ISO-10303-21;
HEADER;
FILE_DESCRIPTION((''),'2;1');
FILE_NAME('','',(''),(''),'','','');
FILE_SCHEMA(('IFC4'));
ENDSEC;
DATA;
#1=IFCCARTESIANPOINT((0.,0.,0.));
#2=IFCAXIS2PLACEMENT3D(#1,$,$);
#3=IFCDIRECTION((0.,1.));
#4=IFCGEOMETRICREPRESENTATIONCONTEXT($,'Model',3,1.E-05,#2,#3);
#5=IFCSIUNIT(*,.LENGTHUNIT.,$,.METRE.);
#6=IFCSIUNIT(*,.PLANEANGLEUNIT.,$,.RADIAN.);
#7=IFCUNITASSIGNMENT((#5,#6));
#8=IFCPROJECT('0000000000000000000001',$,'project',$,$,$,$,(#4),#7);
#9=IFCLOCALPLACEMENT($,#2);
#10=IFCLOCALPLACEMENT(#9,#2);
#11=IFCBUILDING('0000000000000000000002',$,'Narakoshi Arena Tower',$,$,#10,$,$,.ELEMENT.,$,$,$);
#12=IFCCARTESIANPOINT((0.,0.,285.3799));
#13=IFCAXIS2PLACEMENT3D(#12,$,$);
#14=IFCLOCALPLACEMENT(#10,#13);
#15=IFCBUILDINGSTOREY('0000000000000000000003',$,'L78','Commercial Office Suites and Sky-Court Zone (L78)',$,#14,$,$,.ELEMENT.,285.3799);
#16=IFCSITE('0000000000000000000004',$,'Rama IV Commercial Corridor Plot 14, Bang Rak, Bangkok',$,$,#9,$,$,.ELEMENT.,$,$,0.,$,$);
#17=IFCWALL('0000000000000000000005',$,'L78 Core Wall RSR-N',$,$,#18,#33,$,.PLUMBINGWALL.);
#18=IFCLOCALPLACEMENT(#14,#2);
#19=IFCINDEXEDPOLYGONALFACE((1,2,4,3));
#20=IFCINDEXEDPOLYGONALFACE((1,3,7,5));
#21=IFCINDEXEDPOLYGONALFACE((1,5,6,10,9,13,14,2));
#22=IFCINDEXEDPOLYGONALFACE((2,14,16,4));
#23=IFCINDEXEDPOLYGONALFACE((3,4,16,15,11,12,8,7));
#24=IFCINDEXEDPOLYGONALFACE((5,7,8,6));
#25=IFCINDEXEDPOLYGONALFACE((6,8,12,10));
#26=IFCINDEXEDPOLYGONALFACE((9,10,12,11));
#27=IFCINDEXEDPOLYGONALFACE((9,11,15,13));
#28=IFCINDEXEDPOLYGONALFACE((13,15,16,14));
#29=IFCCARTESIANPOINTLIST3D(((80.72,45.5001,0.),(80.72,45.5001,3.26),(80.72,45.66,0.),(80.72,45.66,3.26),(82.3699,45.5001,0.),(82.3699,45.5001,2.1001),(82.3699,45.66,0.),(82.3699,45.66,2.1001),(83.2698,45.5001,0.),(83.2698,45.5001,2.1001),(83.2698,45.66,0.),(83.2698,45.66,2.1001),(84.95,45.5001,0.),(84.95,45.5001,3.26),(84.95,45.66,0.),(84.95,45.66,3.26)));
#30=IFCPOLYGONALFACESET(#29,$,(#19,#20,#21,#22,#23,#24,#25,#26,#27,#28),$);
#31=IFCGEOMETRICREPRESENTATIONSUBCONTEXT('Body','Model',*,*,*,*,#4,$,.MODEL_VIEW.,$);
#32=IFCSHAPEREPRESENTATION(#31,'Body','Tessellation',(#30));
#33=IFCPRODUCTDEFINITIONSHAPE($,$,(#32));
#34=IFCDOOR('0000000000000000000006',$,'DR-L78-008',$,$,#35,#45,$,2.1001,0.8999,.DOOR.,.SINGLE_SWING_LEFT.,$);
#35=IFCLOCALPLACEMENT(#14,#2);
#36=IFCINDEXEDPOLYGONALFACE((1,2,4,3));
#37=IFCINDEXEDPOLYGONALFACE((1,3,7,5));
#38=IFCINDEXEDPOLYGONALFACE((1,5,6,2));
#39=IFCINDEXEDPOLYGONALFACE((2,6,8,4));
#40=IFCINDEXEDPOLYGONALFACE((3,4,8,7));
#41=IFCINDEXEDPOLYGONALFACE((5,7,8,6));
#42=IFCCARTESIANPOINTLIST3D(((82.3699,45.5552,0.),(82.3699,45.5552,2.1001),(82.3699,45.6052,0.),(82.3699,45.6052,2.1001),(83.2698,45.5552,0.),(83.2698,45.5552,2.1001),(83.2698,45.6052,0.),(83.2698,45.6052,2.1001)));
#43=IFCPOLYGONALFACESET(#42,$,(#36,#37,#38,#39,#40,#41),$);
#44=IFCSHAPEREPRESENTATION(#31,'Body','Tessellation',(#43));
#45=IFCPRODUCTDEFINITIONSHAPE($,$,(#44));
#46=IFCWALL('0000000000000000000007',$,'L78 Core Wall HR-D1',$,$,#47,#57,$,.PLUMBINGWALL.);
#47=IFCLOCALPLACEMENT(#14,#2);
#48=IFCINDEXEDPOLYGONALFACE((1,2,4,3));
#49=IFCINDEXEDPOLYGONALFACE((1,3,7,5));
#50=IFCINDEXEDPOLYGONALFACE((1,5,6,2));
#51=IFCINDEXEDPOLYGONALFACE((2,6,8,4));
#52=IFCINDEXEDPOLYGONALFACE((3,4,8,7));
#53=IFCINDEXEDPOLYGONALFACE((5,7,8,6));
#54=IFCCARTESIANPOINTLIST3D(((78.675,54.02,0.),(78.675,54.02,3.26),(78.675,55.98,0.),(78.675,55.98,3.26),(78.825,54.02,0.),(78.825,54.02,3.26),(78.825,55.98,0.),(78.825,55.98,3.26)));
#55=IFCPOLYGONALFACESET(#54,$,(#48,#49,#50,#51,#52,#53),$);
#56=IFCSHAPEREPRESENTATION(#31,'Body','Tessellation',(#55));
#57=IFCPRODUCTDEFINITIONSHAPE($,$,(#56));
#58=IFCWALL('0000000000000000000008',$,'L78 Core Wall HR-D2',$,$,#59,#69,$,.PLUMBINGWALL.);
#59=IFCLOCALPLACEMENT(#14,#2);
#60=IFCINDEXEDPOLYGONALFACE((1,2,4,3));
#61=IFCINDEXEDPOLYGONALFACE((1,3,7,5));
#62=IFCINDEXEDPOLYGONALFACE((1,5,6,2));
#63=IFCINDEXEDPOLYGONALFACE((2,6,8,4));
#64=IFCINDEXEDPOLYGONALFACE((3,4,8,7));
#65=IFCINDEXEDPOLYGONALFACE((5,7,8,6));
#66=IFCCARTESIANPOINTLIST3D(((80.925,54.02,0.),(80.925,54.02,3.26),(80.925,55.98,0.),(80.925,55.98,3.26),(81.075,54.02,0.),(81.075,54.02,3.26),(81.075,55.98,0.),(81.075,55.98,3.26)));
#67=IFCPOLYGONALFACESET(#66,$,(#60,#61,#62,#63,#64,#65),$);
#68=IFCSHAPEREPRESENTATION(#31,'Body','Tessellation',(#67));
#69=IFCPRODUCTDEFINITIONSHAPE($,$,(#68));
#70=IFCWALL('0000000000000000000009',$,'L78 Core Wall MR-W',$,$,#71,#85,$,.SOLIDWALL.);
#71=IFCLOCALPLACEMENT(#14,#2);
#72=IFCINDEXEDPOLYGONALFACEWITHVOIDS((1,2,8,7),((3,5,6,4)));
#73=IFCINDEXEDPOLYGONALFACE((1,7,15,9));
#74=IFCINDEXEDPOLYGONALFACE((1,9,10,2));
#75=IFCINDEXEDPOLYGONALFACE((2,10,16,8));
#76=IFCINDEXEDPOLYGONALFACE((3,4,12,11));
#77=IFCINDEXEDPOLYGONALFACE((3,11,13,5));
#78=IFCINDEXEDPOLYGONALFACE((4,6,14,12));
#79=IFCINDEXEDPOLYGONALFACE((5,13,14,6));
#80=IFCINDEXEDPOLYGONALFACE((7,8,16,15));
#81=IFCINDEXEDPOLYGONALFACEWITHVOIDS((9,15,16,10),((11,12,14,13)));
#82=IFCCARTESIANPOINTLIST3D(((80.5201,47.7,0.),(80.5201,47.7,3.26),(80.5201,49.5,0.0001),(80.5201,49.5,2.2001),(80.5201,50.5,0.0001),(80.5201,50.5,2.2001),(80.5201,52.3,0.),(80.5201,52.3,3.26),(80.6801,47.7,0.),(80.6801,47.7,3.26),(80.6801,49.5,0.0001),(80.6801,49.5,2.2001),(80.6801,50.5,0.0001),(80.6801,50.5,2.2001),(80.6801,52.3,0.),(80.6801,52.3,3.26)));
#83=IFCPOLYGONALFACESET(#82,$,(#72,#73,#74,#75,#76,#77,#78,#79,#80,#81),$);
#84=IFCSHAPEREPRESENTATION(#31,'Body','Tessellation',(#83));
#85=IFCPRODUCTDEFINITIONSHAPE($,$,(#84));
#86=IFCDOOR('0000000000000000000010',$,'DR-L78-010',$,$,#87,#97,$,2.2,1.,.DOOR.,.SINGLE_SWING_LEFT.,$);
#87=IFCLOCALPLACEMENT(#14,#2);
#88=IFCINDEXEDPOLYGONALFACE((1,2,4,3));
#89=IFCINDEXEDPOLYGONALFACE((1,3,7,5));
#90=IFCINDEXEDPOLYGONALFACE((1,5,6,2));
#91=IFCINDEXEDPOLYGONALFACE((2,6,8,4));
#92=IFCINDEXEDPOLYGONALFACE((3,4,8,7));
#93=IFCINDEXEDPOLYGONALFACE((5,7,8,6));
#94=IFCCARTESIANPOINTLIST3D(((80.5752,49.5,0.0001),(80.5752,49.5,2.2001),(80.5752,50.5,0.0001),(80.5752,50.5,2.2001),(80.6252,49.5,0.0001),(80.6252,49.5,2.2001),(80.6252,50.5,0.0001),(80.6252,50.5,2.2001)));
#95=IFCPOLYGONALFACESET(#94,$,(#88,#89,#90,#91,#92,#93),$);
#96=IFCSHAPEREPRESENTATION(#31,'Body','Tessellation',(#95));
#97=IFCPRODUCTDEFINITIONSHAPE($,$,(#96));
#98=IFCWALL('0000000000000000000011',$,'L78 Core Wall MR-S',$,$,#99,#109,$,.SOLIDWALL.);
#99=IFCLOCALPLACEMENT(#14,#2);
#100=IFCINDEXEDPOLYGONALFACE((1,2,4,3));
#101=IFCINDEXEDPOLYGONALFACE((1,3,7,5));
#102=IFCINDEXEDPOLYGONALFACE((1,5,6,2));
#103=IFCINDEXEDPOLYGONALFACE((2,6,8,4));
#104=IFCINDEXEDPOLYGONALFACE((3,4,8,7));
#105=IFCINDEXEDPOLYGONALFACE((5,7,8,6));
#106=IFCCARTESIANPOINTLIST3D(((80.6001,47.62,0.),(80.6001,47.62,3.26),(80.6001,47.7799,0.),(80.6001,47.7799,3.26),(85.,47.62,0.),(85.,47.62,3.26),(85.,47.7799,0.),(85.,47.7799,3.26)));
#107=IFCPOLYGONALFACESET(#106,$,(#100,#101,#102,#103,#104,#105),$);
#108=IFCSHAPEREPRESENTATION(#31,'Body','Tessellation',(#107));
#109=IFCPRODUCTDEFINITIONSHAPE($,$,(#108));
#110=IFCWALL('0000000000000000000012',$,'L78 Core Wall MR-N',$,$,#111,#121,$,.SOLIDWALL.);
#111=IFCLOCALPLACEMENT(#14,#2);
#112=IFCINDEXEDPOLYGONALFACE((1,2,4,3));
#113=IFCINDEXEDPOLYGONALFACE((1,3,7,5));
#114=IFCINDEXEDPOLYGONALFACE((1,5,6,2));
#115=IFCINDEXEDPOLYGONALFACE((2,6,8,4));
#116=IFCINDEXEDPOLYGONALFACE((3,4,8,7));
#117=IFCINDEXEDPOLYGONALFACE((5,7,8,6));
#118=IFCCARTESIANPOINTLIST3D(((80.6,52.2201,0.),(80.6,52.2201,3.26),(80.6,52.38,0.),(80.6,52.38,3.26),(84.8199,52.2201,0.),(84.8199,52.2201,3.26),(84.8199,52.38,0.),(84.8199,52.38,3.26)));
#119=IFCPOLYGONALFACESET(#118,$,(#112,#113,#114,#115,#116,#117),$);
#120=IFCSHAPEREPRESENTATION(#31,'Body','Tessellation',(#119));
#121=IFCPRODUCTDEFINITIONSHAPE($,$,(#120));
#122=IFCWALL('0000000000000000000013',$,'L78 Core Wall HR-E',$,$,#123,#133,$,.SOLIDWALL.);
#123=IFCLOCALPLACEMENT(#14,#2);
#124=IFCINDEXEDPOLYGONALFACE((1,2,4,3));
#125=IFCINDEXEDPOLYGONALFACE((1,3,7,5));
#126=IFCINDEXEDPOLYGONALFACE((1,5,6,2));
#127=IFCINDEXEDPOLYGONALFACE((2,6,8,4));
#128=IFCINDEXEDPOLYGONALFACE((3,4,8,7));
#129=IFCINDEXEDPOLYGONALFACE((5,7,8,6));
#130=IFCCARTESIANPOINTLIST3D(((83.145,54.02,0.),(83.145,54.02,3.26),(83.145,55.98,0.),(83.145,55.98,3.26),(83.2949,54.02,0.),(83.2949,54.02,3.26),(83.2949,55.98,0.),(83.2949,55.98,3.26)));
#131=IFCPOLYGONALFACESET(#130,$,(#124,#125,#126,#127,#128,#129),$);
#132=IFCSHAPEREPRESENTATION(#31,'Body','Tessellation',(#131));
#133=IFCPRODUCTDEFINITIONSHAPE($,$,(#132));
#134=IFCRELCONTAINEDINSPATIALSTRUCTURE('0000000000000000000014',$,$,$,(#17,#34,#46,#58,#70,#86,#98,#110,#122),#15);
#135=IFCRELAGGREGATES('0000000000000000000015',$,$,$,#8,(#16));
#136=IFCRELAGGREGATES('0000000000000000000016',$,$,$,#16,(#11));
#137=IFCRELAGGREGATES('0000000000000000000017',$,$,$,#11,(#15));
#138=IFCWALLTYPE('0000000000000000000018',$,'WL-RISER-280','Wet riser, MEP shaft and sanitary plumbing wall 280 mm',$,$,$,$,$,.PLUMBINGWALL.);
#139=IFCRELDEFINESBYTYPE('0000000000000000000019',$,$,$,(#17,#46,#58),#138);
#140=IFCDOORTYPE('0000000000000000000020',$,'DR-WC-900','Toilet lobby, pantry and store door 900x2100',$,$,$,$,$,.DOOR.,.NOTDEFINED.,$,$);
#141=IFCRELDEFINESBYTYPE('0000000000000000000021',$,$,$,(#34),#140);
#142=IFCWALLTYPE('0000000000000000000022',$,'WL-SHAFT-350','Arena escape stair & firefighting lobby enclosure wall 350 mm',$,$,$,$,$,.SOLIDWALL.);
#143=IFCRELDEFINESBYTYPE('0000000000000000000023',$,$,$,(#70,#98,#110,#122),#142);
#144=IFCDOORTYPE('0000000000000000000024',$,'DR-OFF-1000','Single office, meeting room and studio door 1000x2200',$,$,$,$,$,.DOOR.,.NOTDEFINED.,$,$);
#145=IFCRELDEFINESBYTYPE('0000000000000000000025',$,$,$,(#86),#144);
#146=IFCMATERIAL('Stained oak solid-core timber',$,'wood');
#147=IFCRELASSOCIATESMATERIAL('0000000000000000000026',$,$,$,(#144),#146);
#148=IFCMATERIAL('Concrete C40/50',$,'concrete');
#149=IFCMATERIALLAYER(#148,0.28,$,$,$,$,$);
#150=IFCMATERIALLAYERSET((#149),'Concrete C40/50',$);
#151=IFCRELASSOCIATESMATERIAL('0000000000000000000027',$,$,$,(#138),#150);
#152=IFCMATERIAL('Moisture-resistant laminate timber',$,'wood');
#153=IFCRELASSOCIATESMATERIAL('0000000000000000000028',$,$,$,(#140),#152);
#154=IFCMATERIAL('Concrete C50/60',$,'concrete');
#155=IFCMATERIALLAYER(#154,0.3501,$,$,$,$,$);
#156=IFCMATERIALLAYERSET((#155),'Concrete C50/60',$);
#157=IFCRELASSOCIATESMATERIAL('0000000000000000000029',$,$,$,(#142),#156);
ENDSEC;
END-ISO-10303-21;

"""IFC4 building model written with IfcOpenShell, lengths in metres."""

from ifc_helpers import new_model, si_unit, direction, frame, frame_2d, origin, place, context, subcontext, project, spatial, rectangle, extrude, material, layer, layer_set, type_object, element, fill, save


model = new_model("IFC4")

# Units and contexts
model_context = context("Model", 3, precision=1e-05, world=origin(), true_north=direction((0.0, 1.0)))
body_context = subcontext(model_context, "Body", "Model", "MODEL_VIEW")
ifc_project = project(units=[si_unit("LENGTHUNIT", "METRE"), si_unit("PLANEANGLEUNIT", "RADIAN")], contexts=[model_context])

# Site, building, storey
site_placement = place(None, origin())
site = spatial("IfcSite", under=ifc_project, at=site_placement, Name="Rama IV Commercial Corridor Plot 14, Bang Rak, Bangkok", CompositionType="ELEMENT", RefElevation=0.0)
building_placement = place(site_placement, origin())
building = spatial("IfcBuilding", under=site, at=building_placement, Name="Narakoshi Arena Tower", CompositionType="ELEMENT")
storey_placement = place(building_placement, frame((0.0, 0.0, 285.3799)))
storey = spatial("IfcBuildingStorey", under=building, at=storey_placement, Name="L78", Description="Commercial Office Suites and Sky-Court Zone (L78)", CompositionType="ELEMENT", Elevation=285.3799)

# Shared definitions
ifc_material_1 = material(Name="Concrete C50/60", Category="concrete")

# Shared definitions
ifc_material_2 = material(Name="Stained oak solid-core timber", Category="wood")
door_type_1 = type_object("IfcDoorType", Name="DR-OFF-1000", Description="Single office, meeting room and studio door 1000x2200", OperationType="NOTDEFINED", PredefinedType="DOOR", material=ifc_material_2)

# Wall, opening, door
ifc_material_3 = material(Name="Concrete C40/50", Category="concrete")
ifc_layer_1 = layer(ifc_material_3, 0.28)
ifc_layer_set_1 = layer_set([ifc_layer_1], Name="Concrete C40/50")
wall_type_1 = type_object("IfcWallType", Name="WL-RISER-280", Description="Wet riser, MEP shaft and sanitary plumbing wall 280 mm", PredefinedType="PLUMBINGWALL", material=ifc_layer_set_1)
wall_1_placement = place(storey_placement, frame((80.72, 45.5801, 0.0), z_axis=(0.0, 0.0, 1.0), x_axis=(1.0, 0.0, 0.0)))
wall_1 = element("IfcWall", 1, at=wall_1_placement, inside=storey, type_object=wall_type_1, Name="L78 Core Wall RSR-N", PredefinedType="PLUMBINGWALL", context=body_context, shape_type="SweptSolid", body=[
    extrude(rectangle(XDim=4.23, YDim=0.1599, at=frame_2d((2.115, 0.0))), origin(), (0.0, 0.0, 1.0), 3.26),
])
opening_1_placement = place(wall_1_placement, frame((1.6499, 0.0, 0.0)))
opening_1 = element("IfcOpeningElement", 2, at=opening_1_placement, cuts=wall_1, PredefinedType="OPENING", context=body_context, shape_type="SweptSolid", body=[
    extrude(rectangle(XDim=0.8999, YDim=2.1001, at=frame_2d((0.45, 1.05))), frame((0.0, 0.0898, 0.0), z_axis=(0.0, -1.0, 0.0), x_axis=(1.0, 0.0, 0.0)), (0.0, 0.0, 1.0), 0.1799),
])
ifc_material_4 = material(Name="Moisture-resistant laminate timber", Category="wood")
door_type_2 = type_object("IfcDoorType", Name="DR-WC-900", Description="Toilet lobby, pantry and store door 900x2100", OperationType="NOTDEFINED", PredefinedType="DOOR", material=ifc_material_4)
door_1_placement = place(opening_1_placement, frame((0.8999, 0.0, 0.0), z_axis=(0.0, 0.0, 1.0), x_axis=(-1.0, 0.0, 0.0)))
door_1 = element("IfcDoor", 3, at=door_1_placement, inside=storey, type_object=door_type_2, Name="DR-L78-008", OperationType="SINGLE_SWING_LEFT", OverallHeight=2.1001, OverallWidth=0.8999, PredefinedType="DOOR", context=body_context, shape_type="SweptSolid", body=[
    extrude(rectangle(XDim=0.8999, YDim=2.1001, at=frame_2d((0.45, 1.05))), frame((0.0, 0.0249, 0.0), z_axis=(0.0, -1.0, 0.0), x_axis=(1.0, 0.0, 0.0)), (0.0, 0.0, 1.0), 0.05),
])
fill(opening_1, door_1)

# Walls
for number, where, z_axis, x_axis, name in (
    (4, (78.75, 54.02, 0.0), (0.0, 0.0, 1.0), (0.0, 1.0, 0.0), "L78 Core Wall HR-D1"),
    (5, (81.0, 54.02, 0.0), (0.0, 0.0, 1.0), (0.0, 1.0, 0.0), "L78 Core Wall HR-D2"),
):
    element("IfcWall", number, at=place(storey_placement, frame(where, z_axis=z_axis, x_axis=x_axis)), inside=storey, type_object=wall_type_1, Name=name, PredefinedType="PLUMBINGWALL", context=body_context, shape_type="SweptSolid", body=[
        extrude(rectangle(XDim=1.96, YDim=0.1499, at=frame_2d((0.98, 0.0))), origin(), (0.0, 0.0, 1.0), 3.26),
    ])

# Wall, opening, door
ifc_layer_2 = layer(ifc_material_1, 0.3501)
ifc_layer_set_2 = layer_set([ifc_layer_2], Name="Concrete C50/60")
wall_type_2 = type_object("IfcWallType", Name="WL-SHAFT-350", Description="Arena escape stair & firefighting lobby enclosure wall 350 mm", PredefinedType="SOLIDWALL", material=ifc_layer_set_2)
wall_2_placement = place(storey_placement, frame((80.6001, 47.7, 0.0), z_axis=(0.0, 0.0, 1.0), x_axis=(0.0, 1.0, 0.0)))
wall_2 = element("IfcWall", 6, at=wall_2_placement, inside=storey, type_object=wall_type_2, Name="L78 Core Wall MR-W", PredefinedType="SOLIDWALL", context=body_context, shape_type="SweptSolid", body=[
    extrude(rectangle(XDim=4.6001, YDim=0.1599, at=frame_2d((2.3, 0.0))), origin(), (0.0, 0.0, 1.0), 3.26),
])
opening_2_placement = place(wall_2_placement, frame((1.8, 0.0, 0.0)))
opening_2 = element("IfcOpeningElement", 7, at=opening_2_placement, cuts=wall_2, PredefinedType="OPENING", context=body_context, shape_type="SweptSolid", body=[
    extrude(rectangle(XDim=1.0, YDim=2.2, at=frame_2d((0.5, 1.1001))), frame((0.0, 0.0898, 0.0), z_axis=(0.0, -1.0, 0.0), x_axis=(1.0, 0.0, 0.0)), (0.0, 0.0, 1.0), 0.1799),
])
door_2_placement = place(opening_2_placement, origin())
door_2 = element("IfcDoor", 8, at=door_2_placement, inside=storey, type_object=door_type_1, Name="DR-L78-010", OperationType="SINGLE_SWING_LEFT", OverallHeight=2.2, OverallWidth=1.0, PredefinedType="DOOR", context=body_context, shape_type="SweptSolid", body=[
    extrude(rectangle(XDim=1.0, YDim=2.2, at=frame_2d((0.5, 1.1001))), frame((0.0, 0.0249, 0.0), z_axis=(0.0, -1.0, 0.0), x_axis=(1.0, 0.0, 0.0)), (0.0, 0.0, 1.0), 0.05),
])
fill(opening_2, door_2)

# Walls
wall_3_placement = place(storey_placement, frame((80.6001, 47.7, 0.0), z_axis=(0.0, 0.0, 1.0), x_axis=(1.0, 0.0, 0.0)))
element("IfcWall", 9, at=wall_3_placement, inside=storey, type_object=wall_type_2, Name="L78 Core Wall MR-S", PredefinedType="SOLIDWALL", context=body_context, shape_type="SweptSolid", body=[
    extrude(rectangle(XDim=4.3999, YDim=0.1599, at=frame_2d((2.2, 0.0))), origin(), (0.0, 0.0, 1.0), 3.26),
])
wall_4_placement = place(storey_placement, frame((80.6001, 52.3, 0.0), z_axis=(0.0, 0.0, 1.0), x_axis=(1.0, 0.0, 0.0)))
element("IfcWall", 10, at=wall_4_placement, inside=storey, type_object=wall_type_2, Name="L78 Core Wall MR-N", PredefinedType="SOLIDWALL", context=body_context, shape_type="SweptSolid", body=[
    extrude(rectangle(XDim=4.22, YDim=0.1599, at=frame_2d((2.1099, 0.0))), origin(), (0.0, 0.0, 1.0), 3.26),
])
wall_5_placement = place(storey_placement, frame((83.22, 54.02, 0.0), z_axis=(0.0, 0.0, 1.0), x_axis=(0.0, 1.0, 0.0)))
element("IfcWall", 11, at=wall_5_placement, inside=storey, type_object=wall_type_2, Name="L78 Core Wall HR-E", PredefinedType="SOLIDWALL", context=body_context, shape_type="SweptSolid", body=[
    extrude(rectangle(XDim=1.96, YDim=0.1499, at=frame_2d((0.98, 0.0))), origin(), (0.0, 0.0, 1.0), 3.26),
])

save(model, "model.ifc")
